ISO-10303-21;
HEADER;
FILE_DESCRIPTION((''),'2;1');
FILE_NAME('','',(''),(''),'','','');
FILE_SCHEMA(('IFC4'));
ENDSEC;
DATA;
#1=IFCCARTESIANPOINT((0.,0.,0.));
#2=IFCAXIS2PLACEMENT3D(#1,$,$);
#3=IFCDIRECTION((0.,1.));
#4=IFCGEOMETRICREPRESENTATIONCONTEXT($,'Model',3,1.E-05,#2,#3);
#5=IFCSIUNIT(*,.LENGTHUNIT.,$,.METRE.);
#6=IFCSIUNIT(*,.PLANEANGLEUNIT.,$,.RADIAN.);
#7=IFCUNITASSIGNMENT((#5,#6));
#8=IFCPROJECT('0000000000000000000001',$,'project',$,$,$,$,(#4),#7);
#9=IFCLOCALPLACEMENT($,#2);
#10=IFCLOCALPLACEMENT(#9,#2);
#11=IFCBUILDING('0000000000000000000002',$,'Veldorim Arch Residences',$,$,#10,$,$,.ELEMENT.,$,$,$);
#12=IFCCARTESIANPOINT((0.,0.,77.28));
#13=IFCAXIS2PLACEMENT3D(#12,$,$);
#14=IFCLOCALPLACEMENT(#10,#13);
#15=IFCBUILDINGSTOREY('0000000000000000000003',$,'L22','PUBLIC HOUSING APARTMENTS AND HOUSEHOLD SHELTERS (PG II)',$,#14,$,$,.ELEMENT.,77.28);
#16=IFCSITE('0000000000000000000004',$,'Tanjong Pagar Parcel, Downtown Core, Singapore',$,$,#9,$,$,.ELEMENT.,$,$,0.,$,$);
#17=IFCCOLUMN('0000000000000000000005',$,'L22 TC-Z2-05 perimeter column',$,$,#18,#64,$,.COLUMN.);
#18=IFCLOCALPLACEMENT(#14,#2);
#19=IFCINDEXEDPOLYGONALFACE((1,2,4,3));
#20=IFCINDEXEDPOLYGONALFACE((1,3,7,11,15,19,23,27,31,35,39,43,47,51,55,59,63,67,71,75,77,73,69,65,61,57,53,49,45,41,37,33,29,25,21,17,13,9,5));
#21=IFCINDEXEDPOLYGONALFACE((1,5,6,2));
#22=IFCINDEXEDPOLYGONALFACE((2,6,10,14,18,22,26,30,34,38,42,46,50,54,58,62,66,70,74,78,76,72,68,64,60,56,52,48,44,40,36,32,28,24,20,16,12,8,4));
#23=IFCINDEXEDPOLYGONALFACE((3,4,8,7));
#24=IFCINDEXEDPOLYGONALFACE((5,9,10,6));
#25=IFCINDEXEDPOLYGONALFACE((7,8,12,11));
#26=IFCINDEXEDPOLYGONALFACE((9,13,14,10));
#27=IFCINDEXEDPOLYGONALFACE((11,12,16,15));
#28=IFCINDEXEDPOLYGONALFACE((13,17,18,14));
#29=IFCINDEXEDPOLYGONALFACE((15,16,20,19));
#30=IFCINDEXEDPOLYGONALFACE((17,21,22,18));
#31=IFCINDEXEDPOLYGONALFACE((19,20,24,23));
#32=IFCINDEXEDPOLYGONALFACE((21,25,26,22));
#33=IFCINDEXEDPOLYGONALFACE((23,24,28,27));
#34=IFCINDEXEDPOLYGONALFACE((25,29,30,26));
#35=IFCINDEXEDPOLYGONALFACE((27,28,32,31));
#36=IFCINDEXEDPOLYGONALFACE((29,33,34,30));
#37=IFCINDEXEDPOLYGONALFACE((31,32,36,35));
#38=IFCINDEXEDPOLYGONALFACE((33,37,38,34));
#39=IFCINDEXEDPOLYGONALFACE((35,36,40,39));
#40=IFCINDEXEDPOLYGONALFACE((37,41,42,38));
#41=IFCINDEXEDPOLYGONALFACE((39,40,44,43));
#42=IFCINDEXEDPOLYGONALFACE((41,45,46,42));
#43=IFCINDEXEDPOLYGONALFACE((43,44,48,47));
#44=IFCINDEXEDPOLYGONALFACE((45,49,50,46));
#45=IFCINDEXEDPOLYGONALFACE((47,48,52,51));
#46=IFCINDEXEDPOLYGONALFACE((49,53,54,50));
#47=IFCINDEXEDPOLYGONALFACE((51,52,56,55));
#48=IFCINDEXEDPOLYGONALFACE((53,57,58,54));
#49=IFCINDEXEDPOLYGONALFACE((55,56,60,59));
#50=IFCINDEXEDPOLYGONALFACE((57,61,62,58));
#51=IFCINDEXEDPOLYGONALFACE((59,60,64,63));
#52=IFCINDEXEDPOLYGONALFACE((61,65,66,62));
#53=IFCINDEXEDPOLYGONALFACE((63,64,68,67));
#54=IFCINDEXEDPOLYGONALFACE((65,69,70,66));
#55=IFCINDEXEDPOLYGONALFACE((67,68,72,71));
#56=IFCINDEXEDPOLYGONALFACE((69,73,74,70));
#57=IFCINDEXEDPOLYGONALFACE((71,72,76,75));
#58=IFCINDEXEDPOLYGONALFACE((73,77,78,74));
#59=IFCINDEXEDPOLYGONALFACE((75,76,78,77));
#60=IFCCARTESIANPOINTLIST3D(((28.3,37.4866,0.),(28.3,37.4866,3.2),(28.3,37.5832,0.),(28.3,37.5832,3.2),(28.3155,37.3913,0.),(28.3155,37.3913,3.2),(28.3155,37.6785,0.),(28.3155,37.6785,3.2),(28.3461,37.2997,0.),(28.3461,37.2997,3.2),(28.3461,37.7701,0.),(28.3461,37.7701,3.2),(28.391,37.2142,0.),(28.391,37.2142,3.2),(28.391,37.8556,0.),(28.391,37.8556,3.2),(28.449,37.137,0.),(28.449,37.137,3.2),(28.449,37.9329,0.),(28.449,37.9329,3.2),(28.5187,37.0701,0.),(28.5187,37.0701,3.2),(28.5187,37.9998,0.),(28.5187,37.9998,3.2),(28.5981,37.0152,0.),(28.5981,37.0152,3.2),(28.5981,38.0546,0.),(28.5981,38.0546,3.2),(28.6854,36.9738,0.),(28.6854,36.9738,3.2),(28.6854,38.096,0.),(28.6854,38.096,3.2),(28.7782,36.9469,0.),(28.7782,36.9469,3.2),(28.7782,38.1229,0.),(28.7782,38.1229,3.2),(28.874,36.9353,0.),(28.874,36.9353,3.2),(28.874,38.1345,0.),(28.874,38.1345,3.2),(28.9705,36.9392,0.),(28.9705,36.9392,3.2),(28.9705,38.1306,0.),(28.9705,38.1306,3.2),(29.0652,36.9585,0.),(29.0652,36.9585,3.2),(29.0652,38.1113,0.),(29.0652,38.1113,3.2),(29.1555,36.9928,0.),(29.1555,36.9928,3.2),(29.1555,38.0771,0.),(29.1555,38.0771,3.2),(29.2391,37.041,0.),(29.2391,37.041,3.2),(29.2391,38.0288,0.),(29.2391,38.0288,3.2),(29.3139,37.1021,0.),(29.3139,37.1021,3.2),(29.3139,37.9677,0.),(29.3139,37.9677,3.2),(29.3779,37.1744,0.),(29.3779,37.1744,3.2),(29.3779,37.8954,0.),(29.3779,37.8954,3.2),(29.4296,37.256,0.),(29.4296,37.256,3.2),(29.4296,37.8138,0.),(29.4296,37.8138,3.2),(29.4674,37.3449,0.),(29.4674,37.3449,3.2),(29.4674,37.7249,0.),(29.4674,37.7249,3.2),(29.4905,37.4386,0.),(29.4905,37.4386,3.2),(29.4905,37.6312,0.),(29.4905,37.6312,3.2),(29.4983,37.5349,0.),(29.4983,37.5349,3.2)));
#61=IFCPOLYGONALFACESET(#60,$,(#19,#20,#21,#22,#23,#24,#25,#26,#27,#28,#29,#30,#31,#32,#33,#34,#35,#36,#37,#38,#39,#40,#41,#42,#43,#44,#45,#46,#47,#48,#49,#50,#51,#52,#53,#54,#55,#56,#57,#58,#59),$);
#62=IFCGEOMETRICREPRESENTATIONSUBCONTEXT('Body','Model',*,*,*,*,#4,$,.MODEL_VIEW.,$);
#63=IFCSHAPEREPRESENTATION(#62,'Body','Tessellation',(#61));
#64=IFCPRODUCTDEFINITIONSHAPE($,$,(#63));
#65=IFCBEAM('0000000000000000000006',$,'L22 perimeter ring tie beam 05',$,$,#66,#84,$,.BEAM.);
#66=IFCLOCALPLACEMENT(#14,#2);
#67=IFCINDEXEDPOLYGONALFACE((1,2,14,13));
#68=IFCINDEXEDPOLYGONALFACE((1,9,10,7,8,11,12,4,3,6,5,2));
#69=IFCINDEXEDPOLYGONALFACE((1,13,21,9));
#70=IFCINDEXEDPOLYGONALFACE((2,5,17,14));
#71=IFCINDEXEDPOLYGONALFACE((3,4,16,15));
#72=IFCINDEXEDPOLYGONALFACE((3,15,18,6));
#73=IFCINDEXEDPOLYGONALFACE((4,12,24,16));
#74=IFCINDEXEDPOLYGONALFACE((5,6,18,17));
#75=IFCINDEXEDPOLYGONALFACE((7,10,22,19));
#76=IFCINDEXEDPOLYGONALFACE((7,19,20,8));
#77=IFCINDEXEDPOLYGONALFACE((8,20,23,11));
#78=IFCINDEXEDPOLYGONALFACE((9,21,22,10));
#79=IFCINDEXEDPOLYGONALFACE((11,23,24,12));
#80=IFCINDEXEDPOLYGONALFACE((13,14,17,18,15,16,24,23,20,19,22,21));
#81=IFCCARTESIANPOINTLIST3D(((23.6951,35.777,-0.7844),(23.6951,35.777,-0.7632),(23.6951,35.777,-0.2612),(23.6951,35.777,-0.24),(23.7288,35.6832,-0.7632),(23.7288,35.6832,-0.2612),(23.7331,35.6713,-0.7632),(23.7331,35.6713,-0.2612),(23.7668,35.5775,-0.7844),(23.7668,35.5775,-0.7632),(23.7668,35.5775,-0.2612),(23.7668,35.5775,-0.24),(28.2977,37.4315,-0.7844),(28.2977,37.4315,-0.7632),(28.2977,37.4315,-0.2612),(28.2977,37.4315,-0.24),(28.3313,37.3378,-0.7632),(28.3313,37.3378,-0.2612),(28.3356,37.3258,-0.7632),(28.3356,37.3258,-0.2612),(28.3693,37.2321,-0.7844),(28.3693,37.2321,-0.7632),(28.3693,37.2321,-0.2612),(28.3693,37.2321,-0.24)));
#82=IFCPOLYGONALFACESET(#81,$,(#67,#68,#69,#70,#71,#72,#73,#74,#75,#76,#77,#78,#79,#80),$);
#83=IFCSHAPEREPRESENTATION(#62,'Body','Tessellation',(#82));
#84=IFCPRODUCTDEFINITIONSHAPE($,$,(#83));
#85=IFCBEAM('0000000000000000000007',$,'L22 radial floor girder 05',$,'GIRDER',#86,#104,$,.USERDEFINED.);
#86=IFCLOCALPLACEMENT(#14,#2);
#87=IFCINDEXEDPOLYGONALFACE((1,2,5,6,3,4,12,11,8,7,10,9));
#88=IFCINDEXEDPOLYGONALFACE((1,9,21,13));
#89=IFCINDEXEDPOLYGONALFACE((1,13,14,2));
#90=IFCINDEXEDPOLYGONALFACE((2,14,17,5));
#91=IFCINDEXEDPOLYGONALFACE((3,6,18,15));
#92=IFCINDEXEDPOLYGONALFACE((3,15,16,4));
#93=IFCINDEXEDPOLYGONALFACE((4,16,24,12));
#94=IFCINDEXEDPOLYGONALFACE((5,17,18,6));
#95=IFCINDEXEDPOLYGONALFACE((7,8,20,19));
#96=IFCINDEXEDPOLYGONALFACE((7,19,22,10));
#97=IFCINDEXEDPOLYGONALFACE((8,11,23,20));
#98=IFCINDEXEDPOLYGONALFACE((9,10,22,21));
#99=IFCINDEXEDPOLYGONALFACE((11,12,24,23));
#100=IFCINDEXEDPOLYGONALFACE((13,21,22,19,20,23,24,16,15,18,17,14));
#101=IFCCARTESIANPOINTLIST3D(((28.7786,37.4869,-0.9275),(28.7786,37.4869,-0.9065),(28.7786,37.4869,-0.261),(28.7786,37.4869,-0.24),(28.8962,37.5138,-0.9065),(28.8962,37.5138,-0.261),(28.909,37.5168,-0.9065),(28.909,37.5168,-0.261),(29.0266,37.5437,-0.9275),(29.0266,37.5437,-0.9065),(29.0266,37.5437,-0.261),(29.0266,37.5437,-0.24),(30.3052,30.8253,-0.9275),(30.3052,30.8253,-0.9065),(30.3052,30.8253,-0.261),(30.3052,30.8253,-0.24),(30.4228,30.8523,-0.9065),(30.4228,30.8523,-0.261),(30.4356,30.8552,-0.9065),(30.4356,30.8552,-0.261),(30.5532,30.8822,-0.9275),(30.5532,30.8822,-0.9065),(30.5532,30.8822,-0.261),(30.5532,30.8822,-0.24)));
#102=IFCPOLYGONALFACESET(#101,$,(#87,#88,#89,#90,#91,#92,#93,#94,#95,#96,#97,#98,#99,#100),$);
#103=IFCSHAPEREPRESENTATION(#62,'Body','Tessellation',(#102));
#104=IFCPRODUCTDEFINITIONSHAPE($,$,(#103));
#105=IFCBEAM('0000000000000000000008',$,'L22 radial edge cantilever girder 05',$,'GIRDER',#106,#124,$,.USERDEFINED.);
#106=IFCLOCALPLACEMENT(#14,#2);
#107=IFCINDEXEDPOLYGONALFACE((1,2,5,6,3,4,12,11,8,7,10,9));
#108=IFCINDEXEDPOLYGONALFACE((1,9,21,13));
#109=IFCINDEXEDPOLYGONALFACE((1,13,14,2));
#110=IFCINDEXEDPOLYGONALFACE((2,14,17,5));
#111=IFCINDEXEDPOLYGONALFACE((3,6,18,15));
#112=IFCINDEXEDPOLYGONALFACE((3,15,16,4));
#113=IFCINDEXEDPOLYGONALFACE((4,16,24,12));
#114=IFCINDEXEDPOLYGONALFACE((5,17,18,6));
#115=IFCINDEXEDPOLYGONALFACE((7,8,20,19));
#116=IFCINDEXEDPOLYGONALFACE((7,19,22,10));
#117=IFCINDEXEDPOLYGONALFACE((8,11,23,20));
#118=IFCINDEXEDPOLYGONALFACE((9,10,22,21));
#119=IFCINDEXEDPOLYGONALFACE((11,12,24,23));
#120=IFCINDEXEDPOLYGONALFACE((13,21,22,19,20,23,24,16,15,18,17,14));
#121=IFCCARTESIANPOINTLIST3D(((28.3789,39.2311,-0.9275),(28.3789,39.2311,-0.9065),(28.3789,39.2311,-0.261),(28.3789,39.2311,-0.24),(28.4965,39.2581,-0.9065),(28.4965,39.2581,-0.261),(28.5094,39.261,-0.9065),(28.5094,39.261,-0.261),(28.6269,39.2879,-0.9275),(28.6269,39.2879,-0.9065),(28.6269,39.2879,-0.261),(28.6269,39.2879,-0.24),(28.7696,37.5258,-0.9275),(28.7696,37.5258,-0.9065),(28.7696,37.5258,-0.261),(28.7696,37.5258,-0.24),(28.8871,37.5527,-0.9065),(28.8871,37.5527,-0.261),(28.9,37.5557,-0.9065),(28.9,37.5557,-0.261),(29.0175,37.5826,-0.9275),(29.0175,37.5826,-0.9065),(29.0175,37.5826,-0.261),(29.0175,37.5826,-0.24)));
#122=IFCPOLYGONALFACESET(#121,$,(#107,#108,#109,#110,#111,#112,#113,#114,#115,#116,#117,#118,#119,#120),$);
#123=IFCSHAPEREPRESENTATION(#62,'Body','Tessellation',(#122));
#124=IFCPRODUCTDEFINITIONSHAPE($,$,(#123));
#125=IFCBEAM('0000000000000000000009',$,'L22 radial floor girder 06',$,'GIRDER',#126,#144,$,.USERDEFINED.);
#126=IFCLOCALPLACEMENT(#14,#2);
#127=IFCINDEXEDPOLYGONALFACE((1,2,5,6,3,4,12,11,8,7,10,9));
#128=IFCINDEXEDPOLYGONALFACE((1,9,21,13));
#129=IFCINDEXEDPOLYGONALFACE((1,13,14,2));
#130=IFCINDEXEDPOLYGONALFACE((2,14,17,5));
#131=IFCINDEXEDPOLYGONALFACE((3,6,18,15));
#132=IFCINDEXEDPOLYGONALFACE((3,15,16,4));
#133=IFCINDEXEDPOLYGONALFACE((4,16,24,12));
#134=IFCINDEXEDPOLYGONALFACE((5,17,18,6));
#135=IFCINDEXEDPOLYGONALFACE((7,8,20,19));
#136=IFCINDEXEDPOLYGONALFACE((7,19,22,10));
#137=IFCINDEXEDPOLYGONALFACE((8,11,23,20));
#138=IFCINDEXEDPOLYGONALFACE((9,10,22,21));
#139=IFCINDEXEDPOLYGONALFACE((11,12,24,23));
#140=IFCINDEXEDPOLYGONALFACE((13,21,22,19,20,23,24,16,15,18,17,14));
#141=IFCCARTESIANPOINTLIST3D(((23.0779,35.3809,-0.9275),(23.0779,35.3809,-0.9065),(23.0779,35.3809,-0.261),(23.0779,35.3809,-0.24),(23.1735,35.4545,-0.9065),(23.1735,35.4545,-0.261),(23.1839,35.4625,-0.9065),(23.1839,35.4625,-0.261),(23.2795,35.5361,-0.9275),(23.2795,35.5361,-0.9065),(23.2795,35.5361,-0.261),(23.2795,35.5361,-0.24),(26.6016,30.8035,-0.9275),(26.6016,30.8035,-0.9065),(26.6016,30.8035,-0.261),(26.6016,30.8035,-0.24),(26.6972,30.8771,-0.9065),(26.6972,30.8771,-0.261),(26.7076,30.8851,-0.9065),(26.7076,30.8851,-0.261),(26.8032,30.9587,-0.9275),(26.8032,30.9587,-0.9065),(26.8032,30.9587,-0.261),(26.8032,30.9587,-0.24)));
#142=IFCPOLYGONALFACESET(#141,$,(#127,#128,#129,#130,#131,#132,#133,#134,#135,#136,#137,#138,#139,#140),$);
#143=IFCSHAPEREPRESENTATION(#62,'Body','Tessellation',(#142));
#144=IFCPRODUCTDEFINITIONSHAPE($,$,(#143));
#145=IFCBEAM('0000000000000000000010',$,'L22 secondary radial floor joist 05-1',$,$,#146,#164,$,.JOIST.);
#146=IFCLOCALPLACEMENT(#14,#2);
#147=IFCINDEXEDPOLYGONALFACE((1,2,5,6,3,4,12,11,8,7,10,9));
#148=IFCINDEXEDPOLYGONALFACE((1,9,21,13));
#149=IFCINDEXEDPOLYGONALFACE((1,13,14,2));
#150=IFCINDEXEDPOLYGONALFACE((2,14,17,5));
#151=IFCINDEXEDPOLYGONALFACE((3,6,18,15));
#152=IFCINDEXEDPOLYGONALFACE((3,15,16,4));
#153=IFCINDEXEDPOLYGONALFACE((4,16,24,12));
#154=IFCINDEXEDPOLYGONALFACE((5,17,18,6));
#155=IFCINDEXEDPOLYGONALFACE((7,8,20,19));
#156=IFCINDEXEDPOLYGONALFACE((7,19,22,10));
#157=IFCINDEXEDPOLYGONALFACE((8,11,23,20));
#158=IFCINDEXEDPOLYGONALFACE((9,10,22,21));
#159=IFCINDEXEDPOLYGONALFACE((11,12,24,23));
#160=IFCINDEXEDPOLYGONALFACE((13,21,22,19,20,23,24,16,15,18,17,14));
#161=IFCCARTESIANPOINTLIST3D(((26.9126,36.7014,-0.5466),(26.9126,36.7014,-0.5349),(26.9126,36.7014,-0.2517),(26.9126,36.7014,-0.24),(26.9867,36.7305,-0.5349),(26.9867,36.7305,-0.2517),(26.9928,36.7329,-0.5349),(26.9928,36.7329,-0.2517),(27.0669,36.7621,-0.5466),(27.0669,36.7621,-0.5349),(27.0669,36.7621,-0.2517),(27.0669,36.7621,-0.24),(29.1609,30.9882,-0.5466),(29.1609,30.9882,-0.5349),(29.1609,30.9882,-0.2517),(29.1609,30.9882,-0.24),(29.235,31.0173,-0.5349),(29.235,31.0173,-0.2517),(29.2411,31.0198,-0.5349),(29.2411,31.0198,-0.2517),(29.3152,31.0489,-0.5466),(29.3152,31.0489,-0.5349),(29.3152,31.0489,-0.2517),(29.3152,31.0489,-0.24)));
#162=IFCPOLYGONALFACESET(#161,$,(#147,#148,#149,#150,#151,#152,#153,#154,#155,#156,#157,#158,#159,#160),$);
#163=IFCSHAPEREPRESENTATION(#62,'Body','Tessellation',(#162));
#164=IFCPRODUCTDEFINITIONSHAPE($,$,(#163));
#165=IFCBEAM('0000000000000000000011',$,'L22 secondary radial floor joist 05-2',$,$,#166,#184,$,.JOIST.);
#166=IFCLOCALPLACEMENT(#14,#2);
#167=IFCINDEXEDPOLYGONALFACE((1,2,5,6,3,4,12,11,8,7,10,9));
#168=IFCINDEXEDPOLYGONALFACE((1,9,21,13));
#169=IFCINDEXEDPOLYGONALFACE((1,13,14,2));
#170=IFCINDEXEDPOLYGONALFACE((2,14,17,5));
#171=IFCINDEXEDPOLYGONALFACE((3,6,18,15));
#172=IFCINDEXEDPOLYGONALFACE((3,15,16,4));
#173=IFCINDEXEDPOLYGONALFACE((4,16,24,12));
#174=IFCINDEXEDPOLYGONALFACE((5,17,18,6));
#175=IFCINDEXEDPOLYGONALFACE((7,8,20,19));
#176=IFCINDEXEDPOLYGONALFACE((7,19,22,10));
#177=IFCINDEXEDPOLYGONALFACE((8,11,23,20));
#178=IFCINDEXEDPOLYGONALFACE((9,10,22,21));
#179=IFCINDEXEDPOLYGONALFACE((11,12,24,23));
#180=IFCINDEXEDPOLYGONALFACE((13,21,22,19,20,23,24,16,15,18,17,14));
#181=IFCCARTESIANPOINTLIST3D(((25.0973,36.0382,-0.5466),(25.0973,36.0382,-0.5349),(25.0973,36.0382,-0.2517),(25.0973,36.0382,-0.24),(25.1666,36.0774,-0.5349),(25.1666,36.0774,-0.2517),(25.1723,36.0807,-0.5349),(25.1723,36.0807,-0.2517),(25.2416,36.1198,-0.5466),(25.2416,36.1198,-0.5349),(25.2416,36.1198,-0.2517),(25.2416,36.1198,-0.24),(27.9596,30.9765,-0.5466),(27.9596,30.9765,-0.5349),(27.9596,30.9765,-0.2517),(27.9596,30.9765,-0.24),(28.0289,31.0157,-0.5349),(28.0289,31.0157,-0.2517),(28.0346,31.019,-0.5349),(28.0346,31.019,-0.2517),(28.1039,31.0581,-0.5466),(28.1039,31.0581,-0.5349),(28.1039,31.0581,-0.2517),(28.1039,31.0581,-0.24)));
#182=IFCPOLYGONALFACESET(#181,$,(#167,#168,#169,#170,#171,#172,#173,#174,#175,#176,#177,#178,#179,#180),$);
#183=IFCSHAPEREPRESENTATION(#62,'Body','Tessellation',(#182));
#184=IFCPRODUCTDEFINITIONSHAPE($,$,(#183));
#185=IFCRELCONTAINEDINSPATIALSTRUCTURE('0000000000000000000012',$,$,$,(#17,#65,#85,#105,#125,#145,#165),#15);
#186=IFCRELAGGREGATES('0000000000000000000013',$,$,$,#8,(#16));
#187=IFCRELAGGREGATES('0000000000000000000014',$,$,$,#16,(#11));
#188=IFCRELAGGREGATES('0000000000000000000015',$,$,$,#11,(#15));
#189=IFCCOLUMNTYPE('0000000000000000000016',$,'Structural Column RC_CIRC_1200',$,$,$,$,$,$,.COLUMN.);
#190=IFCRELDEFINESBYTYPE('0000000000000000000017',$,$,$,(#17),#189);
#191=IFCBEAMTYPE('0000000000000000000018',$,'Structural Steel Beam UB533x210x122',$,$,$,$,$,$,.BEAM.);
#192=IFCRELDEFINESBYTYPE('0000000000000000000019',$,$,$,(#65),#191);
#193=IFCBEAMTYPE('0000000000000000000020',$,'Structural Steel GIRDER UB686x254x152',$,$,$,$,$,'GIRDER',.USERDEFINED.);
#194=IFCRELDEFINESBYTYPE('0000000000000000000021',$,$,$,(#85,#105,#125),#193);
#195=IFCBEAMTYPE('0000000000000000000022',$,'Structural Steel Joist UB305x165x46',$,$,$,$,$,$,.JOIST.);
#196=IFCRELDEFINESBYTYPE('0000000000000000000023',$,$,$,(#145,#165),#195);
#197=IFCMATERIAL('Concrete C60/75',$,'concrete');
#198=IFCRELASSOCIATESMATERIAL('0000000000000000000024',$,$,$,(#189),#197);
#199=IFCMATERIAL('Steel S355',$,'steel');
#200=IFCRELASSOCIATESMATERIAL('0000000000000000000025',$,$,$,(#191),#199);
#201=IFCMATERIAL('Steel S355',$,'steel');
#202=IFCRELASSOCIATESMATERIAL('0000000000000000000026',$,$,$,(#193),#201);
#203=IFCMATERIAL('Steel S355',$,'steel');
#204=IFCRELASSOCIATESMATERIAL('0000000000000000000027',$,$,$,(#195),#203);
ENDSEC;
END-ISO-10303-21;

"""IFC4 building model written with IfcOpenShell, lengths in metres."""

from ifc_helpers import new_model, si_unit, direction, frame, origin, origin_2d, place, context, subcontext, project, spatial, circle, i_section, extrude, material, material_profile, profile_set, type_object, element, save


model = new_model("IFC4")

# Units and contexts
model_context = context("Model", 3, precision=1e-05, world=origin(), true_north=direction((0.0, 1.0)))
body_context = subcontext(model_context, "Body", "Model", "MODEL_VIEW")
ifc_project = project(units=[si_unit("LENGTHUNIT", "METRE"), si_unit("PLANEANGLEUNIT", "RADIAN")], contexts=[model_context])

# Site, building, storey
site_placement = place(None, origin())
site = spatial("IfcSite", under=ifc_project, at=site_placement, Name="Tanjong Pagar Parcel, Downtown Core, Singapore", CompositionType="ELEMENT", RefElevation=0.0)
building_placement = place(site_placement, origin())
building = spatial("IfcBuilding", under=site, at=building_placement, Name="Veldorim Arch Residences", CompositionType="ELEMENT")
storey_placement = place(building_placement, frame((0.0, 0.0, 77.28)))
storey = spatial("IfcBuildingStorey", under=building, at=storey_placement, Name="L22", Description="PUBLIC HOUSING APARTMENTS AND HOUSEHOLD SHELTERS (PG II)", CompositionType="ELEMENT", Elevation=77.28)

# Column
ifc_material_1 = material(Name="Concrete C60/75", Category="concrete")
ifc_material_profile_1 = material_profile(ifc_material_1, circle(Radius=0.6001, at=origin_2d()), Name="RC_CIRC_1200")
ifc_profile_set_1 = profile_set([ifc_material_profile_1], Name="Concrete C60/75")
column_type = type_object("IfcColumnType", Name="Structural Column RC_CIRC_1200", PredefinedType="COLUMN", material=ifc_profile_set_1)
column_placement = place(storey_placement, frame((28.8982, 37.5349, 0.0), z_axis=(0.0, 0.0, 1.0), x_axis=(1.0, 0.0, 0.0)))
element("IfcColumn", 1, at=column_placement, inside=storey, type_object=column_type, Name="L22 TC-Z2-05 perimeter column", PredefinedType="COLUMN", context=body_context, shape_type="SweptSolid", body=[
    extrude(circle(Radius=0.6001, at=origin_2d()), origin(), (0.0, 0.0, 1.0), 3.2),
])

# Beams
ifc_material_2 = material(Name="Steel S355", Category="steel")
ifc_material_profile_2 = material_profile(ifc_material_2, i_section(OverallWidth=0.2119, OverallDepth=0.5444, WebThickness=0.0127, FlangeThickness=0.0212, at=origin_2d()), Name="UB533x210x122")
ifc_profile_set_2 = profile_set([ifc_material_profile_2], Name="Steel S355")
beam_type_1 = type_object("IfcBeamType", Name="Structural Steel Beam UB533x210x122", PredefinedType="BEAM", material=ifc_profile_set_2)
beam_1_placement = place(storey_placement, frame((28.3335, 37.3318, -0.5122), z_axis=(-0.941042, -0.33829, 0.0), x_axis=(0.33829, -0.941042, 0.0)))
element("IfcBeam", 2, at=beam_1_placement, inside=storey, type_object=beam_type_1, Name="L22 perimeter ring tie beam 05", PredefinedType="BEAM", context=body_context, shape_type="SweptSolid", body=[
    extrude(i_section(OverallWidth=0.2119, OverallDepth=0.5444, WebThickness=0.0127, FlangeThickness=0.0212, at=origin_2d()), origin(), (0.0, 0.0, 1.0), 4.8909),
])
ifc_material_3 = material(Name="Steel S355", Category="steel")
ifc_material_profile_3 = material_profile(ifc_material_3, i_section(OverallWidth=0.2544, OverallDepth=0.6875, WebThickness=0.0132, FlangeThickness=0.021, at=origin_2d()), Name="UB686x254x152")
ifc_profile_set_3 = profile_set([ifc_material_profile_3], Name="Steel S355")
beam_type_2 = type_object("IfcBeamType", Name="Structural Steel GIRDER UB686x254x152", ElementType="GIRDER", PredefinedType="USERDEFINED", material=ifc_profile_set_3)
beam_2_placement = place(storey_placement, frame((30.4292, 30.8538, -0.5837), z_axis=(-0.223375, 0.974733, 0.0), x_axis=(-0.974733, -0.223375, 0.0)))
element("IfcBeam", 3, at=beam_2_placement, inside=storey, type_object=beam_type_2, Name="L22 radial floor girder 05", ObjectType="GIRDER", PredefinedType="USERDEFINED", context=body_context, shape_type="SweptSolid", body=[
    extrude(i_section(OverallWidth=0.2544, OverallDepth=0.6875, WebThickness=0.0132, FlangeThickness=0.021, at=origin_2d()), origin(), (0.0, 0.0, 1.0), 6.8342),
])
beam_3_placement = place(storey_placement, frame((28.8936, 37.5542, -0.5837), z_axis=(-0.223279, 0.974754, 0.0), x_axis=(-0.974754, -0.223279, 0.0)))
element("IfcBeam", 4, at=beam_3_placement, inside=storey, type_object=beam_type_2, Name="L22 radial edge cantilever girder 05", ObjectType="GIRDER", PredefinedType="USERDEFINED", context=body_context, shape_type="SweptSolid", body=[
    extrude(i_section(OverallWidth=0.2544, OverallDepth=0.6875, WebThickness=0.0132, FlangeThickness=0.021, at=origin_2d()), origin(), (0.0, 0.0, 1.0), 1.7495),
])
beam_4_placement = place(storey_placement, frame((26.7024, 30.8811, -0.5837), z_axis=(-0.609995, 0.792406, 0.0), x_axis=(-0.792406, -0.609995, 0.0)))
element("IfcBeam", 5, at=beam_4_placement, inside=storey, type_object=beam_type_2, Name="L22 radial floor girder 06", ObjectType="GIRDER", PredefinedType="USERDEFINED", context=body_context, shape_type="SweptSolid", body=[
    extrude(i_section(OverallWidth=0.2544, OverallDepth=0.6875, WebThickness=0.0132, FlangeThickness=0.021, at=origin_2d()), origin(), (0.0, 0.0, 1.0), 5.7766),
])
ifc_material_4 = material(Name="Steel S355", Category="steel")
ifc_material_profile_4 = material_profile(ifc_material_4, i_section(OverallWidth=0.1658, OverallDepth=0.3066, WebThickness=0.0066, FlangeThickness=0.0117, at=origin_2d()), Name="UB305x165x46")
ifc_profile_set_4 = profile_set([ifc_material_profile_4], Name="Steel S355")
beam_type_3 = type_object("IfcBeamType", Name="Structural Steel Joist UB305x165x46", PredefinedType="JOIST", material=ifc_profile_set_4)
beam_5_placement = place(storey_placement, frame((29.238, 31.0186, -0.3933), z_axis=(-0.366195, 0.930538, 0.0), x_axis=(-0.930538, -0.366195, 0.0)))
element("IfcBeam", 6, at=beam_5_placement, inside=storey, type_object=beam_type_3, Name="L22 secondary radial floor joist 05-1", PredefinedType="JOIST", context=body_context, shape_type="SweptSolid", body=[
    extrude(i_section(OverallWidth=0.1658, OverallDepth=0.3066, WebThickness=0.0066, FlangeThickness=0.0117, at=origin_2d()), origin(), (0.0, 0.0, 1.0), 6.1396),
])
beam_6_placement = place(storey_placement, frame((28.0317, 31.0173, -0.3933), z_axis=(-0.492227, 0.870467, 0.0), x_axis=(-0.870467, -0.492227, 0.0)))
element("IfcBeam", 7, at=beam_6_placement, inside=storey, type_object=beam_type_3, Name="L22 secondary radial floor joist 05-2", PredefinedType="JOIST", context=body_context, shape_type="SweptSolid", body=[
    extrude(i_section(OverallWidth=0.1658, OverallDepth=0.3066, WebThickness=0.0066, FlangeThickness=0.0117, at=origin_2d()), origin(), (0.0, 0.0, 1.0), 5.8149),
])

save(model, "model.ifc")
